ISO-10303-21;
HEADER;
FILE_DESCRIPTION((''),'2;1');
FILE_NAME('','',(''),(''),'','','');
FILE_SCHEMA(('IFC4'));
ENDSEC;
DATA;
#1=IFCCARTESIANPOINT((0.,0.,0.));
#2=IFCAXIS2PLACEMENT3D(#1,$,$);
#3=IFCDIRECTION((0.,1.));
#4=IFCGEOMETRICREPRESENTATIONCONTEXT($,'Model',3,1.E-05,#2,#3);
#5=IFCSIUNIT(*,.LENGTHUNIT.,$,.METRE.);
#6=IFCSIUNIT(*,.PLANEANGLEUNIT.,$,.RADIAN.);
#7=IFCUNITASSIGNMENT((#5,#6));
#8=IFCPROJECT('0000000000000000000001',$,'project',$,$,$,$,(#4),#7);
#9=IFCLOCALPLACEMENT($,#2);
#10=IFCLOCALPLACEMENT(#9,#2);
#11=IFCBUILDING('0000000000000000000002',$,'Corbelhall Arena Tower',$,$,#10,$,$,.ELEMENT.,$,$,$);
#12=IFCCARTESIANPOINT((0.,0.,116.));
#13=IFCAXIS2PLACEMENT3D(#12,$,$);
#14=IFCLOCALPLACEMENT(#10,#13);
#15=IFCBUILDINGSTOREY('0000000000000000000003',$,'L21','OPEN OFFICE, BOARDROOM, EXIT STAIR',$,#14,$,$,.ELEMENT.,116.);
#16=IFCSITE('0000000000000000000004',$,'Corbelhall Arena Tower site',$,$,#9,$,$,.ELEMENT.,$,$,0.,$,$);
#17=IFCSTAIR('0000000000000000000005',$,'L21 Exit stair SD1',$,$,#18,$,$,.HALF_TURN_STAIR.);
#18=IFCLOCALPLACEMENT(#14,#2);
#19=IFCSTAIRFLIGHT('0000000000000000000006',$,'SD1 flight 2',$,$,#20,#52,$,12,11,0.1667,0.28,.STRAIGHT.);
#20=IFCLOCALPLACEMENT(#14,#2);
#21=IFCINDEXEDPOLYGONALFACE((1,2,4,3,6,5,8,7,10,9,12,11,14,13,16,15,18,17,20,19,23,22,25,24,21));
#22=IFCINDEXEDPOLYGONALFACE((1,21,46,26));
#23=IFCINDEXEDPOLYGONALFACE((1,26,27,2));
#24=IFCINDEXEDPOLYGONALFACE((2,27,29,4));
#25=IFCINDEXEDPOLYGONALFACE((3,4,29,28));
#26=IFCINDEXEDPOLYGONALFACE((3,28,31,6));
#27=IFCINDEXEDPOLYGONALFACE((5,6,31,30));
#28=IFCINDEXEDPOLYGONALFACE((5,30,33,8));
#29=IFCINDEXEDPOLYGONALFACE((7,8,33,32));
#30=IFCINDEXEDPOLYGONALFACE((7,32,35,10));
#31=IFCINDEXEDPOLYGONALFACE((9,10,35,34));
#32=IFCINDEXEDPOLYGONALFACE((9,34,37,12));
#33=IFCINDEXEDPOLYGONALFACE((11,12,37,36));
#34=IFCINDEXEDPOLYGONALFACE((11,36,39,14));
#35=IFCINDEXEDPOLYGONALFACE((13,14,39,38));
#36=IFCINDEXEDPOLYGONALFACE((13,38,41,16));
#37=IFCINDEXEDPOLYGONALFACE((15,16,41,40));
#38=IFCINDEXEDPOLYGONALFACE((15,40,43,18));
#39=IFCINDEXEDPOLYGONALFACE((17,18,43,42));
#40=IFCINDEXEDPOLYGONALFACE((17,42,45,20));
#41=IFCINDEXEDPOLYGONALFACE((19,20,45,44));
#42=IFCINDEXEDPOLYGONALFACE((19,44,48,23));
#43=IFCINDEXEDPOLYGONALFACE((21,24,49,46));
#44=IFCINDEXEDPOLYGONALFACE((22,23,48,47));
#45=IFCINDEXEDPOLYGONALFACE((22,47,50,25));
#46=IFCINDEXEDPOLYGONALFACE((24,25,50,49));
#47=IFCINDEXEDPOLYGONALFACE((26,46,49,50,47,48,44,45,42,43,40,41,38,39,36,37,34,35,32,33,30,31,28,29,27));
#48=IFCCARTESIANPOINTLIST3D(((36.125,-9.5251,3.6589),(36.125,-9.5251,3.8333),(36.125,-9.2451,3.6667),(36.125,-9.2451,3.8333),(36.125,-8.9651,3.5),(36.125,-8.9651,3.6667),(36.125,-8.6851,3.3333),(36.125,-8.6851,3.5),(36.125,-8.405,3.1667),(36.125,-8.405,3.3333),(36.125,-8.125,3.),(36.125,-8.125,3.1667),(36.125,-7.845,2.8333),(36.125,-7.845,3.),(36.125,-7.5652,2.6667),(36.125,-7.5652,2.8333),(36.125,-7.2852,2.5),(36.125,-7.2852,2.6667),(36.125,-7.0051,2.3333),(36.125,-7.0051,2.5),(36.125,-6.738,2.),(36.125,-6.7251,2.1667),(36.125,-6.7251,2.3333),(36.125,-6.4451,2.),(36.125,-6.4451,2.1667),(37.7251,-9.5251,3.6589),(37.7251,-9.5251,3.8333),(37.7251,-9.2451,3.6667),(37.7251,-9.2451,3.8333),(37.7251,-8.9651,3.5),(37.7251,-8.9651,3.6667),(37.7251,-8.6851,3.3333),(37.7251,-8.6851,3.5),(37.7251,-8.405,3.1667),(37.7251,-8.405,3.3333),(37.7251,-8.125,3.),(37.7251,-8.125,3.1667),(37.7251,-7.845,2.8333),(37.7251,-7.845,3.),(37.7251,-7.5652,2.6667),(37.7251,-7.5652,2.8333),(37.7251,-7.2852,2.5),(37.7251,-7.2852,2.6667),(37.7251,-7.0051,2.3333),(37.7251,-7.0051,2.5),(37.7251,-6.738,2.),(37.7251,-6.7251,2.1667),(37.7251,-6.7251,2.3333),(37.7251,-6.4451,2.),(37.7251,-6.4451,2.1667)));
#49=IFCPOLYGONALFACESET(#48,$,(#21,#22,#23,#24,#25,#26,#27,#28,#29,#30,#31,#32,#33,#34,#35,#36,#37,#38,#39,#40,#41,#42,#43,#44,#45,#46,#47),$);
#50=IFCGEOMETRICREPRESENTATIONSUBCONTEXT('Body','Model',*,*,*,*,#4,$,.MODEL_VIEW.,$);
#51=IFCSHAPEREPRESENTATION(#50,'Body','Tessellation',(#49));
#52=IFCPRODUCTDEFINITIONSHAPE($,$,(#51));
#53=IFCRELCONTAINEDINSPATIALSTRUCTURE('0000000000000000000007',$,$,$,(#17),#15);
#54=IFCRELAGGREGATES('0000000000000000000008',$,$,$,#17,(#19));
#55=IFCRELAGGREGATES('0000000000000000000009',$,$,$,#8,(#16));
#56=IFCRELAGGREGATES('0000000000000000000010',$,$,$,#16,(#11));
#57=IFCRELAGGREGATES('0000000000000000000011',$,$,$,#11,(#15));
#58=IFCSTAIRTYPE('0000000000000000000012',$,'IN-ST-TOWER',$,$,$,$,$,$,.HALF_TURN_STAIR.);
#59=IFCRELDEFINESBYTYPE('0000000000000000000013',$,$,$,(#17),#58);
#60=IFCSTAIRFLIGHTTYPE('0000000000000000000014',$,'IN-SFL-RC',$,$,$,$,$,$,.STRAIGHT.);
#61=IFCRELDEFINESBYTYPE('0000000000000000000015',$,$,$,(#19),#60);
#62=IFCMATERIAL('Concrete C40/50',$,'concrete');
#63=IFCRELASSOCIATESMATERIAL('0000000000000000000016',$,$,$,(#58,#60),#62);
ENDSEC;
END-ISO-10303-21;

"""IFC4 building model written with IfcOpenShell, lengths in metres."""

from ifc_helpers import new_model, si_unit, direction, frame, origin, place, context, subcontext, project, spatial, polyline, outline, extrude, material, type_object, element, aggregate, save


model = new_model("IFC4")

# Units and contexts
model_context = context("Model", 3, precision=1e-05, world=origin(), true_north=direction((0.0, 1.0)))
body_context = subcontext(model_context, "Body", "Model", "MODEL_VIEW")
ifc_project = project(units=[si_unit("LENGTHUNIT", "METRE"), si_unit("PLANEANGLEUNIT", "RADIAN")], contexts=[model_context])

# Site, building, storey
site_placement = place(None, origin())
site = spatial("IfcSite", under=ifc_project, at=site_placement, Name="Corbelhall Arena Tower site", CompositionType="ELEMENT", RefElevation=0.0)
building_placement = place(site_placement, origin())
building = spatial("IfcBuilding", under=site, at=building_placement, Name="Corbelhall Arena Tower", CompositionType="ELEMENT")
storey_placement = place(building_placement, frame((0.0, 0.0, 116.0)))
storey = spatial("IfcBuildingStorey", under=building, at=storey_placement, Name="L21", Description="OPEN OFFICE, BOARDROOM, EXIT STAIR", CompositionType="ELEMENT", Elevation=116.0)

# Shared definitions
ifc_material_1 = material(Name="Concrete C40/50", Category="concrete")

# Stair, stair flight
stair_type = type_object("IfcStairType", Name="IN-ST-TOWER", PredefinedType="HALF_TURN_STAIR", material=ifc_material_1)
stair_placement = place(storey_placement, origin())
stair = element("IfcStair", 1, at=stair_placement, inside=storey, type_object=stair_type, Name="L21 Exit stair SD1", PredefinedType="HALF_TURN_STAIR")
stair_flight_type = type_object("IfcStairFlightType", Name="IN-SFL-RC", PredefinedType="STRAIGHT", material=ifc_material_1)
stair_flight_1_placement = place(storey_placement, frame((36.925, -6.4451, 2.0), z_axis=(0.0, 0.0, 1.0), x_axis=(0.0, -1.0, 0.0)))
stair_flight_1 = element("IfcStairFlight", 2, at=stair_flight_1_placement, type_object=stair_flight_type, Name="SD1 flight 2", NumberOfRisers=12, NumberOfTreads=11, PredefinedType="STRAIGHT", RiserHeight=0.1667, TreadLength=0.28, context=body_context, shape_type="SweptSolid", body=[
    extrude(outline(polyline([(0.0, 0.0), (0.0, 0.1667), (0.28, 0.1667), (0.28, 0.3333), (0.5601, 0.3333), (0.5601, 0.5), (0.8401, 0.5), (0.8401, 0.6667), (1.1201, 0.6667), (1.1201, 0.8333), (1.3999, 0.8333), (1.3999, 1.0), (1.6799, 1.0), (1.6799, 1.1667), (1.96, 1.1667), (1.96, 1.3333), (2.24, 1.3333), (2.24, 1.5), (2.52, 1.5), (2.52, 1.6667), (2.8, 1.6667), (2.8, 1.8333), (3.0801, 1.8333), (3.0801, 2.0), (3.0801, 1.6589), (0.293, 0.0), (0.0, 0.0)])), frame((0.0, 0.8, 0.0), z_axis=(0.0, -1.0, 0.0), x_axis=(1.0, 0.0, 0.0)), (0.0, 0.0, 1.0), 1.6001),
])
aggregate(stair, [stair_flight_1])

save(model, "model.ifc")
